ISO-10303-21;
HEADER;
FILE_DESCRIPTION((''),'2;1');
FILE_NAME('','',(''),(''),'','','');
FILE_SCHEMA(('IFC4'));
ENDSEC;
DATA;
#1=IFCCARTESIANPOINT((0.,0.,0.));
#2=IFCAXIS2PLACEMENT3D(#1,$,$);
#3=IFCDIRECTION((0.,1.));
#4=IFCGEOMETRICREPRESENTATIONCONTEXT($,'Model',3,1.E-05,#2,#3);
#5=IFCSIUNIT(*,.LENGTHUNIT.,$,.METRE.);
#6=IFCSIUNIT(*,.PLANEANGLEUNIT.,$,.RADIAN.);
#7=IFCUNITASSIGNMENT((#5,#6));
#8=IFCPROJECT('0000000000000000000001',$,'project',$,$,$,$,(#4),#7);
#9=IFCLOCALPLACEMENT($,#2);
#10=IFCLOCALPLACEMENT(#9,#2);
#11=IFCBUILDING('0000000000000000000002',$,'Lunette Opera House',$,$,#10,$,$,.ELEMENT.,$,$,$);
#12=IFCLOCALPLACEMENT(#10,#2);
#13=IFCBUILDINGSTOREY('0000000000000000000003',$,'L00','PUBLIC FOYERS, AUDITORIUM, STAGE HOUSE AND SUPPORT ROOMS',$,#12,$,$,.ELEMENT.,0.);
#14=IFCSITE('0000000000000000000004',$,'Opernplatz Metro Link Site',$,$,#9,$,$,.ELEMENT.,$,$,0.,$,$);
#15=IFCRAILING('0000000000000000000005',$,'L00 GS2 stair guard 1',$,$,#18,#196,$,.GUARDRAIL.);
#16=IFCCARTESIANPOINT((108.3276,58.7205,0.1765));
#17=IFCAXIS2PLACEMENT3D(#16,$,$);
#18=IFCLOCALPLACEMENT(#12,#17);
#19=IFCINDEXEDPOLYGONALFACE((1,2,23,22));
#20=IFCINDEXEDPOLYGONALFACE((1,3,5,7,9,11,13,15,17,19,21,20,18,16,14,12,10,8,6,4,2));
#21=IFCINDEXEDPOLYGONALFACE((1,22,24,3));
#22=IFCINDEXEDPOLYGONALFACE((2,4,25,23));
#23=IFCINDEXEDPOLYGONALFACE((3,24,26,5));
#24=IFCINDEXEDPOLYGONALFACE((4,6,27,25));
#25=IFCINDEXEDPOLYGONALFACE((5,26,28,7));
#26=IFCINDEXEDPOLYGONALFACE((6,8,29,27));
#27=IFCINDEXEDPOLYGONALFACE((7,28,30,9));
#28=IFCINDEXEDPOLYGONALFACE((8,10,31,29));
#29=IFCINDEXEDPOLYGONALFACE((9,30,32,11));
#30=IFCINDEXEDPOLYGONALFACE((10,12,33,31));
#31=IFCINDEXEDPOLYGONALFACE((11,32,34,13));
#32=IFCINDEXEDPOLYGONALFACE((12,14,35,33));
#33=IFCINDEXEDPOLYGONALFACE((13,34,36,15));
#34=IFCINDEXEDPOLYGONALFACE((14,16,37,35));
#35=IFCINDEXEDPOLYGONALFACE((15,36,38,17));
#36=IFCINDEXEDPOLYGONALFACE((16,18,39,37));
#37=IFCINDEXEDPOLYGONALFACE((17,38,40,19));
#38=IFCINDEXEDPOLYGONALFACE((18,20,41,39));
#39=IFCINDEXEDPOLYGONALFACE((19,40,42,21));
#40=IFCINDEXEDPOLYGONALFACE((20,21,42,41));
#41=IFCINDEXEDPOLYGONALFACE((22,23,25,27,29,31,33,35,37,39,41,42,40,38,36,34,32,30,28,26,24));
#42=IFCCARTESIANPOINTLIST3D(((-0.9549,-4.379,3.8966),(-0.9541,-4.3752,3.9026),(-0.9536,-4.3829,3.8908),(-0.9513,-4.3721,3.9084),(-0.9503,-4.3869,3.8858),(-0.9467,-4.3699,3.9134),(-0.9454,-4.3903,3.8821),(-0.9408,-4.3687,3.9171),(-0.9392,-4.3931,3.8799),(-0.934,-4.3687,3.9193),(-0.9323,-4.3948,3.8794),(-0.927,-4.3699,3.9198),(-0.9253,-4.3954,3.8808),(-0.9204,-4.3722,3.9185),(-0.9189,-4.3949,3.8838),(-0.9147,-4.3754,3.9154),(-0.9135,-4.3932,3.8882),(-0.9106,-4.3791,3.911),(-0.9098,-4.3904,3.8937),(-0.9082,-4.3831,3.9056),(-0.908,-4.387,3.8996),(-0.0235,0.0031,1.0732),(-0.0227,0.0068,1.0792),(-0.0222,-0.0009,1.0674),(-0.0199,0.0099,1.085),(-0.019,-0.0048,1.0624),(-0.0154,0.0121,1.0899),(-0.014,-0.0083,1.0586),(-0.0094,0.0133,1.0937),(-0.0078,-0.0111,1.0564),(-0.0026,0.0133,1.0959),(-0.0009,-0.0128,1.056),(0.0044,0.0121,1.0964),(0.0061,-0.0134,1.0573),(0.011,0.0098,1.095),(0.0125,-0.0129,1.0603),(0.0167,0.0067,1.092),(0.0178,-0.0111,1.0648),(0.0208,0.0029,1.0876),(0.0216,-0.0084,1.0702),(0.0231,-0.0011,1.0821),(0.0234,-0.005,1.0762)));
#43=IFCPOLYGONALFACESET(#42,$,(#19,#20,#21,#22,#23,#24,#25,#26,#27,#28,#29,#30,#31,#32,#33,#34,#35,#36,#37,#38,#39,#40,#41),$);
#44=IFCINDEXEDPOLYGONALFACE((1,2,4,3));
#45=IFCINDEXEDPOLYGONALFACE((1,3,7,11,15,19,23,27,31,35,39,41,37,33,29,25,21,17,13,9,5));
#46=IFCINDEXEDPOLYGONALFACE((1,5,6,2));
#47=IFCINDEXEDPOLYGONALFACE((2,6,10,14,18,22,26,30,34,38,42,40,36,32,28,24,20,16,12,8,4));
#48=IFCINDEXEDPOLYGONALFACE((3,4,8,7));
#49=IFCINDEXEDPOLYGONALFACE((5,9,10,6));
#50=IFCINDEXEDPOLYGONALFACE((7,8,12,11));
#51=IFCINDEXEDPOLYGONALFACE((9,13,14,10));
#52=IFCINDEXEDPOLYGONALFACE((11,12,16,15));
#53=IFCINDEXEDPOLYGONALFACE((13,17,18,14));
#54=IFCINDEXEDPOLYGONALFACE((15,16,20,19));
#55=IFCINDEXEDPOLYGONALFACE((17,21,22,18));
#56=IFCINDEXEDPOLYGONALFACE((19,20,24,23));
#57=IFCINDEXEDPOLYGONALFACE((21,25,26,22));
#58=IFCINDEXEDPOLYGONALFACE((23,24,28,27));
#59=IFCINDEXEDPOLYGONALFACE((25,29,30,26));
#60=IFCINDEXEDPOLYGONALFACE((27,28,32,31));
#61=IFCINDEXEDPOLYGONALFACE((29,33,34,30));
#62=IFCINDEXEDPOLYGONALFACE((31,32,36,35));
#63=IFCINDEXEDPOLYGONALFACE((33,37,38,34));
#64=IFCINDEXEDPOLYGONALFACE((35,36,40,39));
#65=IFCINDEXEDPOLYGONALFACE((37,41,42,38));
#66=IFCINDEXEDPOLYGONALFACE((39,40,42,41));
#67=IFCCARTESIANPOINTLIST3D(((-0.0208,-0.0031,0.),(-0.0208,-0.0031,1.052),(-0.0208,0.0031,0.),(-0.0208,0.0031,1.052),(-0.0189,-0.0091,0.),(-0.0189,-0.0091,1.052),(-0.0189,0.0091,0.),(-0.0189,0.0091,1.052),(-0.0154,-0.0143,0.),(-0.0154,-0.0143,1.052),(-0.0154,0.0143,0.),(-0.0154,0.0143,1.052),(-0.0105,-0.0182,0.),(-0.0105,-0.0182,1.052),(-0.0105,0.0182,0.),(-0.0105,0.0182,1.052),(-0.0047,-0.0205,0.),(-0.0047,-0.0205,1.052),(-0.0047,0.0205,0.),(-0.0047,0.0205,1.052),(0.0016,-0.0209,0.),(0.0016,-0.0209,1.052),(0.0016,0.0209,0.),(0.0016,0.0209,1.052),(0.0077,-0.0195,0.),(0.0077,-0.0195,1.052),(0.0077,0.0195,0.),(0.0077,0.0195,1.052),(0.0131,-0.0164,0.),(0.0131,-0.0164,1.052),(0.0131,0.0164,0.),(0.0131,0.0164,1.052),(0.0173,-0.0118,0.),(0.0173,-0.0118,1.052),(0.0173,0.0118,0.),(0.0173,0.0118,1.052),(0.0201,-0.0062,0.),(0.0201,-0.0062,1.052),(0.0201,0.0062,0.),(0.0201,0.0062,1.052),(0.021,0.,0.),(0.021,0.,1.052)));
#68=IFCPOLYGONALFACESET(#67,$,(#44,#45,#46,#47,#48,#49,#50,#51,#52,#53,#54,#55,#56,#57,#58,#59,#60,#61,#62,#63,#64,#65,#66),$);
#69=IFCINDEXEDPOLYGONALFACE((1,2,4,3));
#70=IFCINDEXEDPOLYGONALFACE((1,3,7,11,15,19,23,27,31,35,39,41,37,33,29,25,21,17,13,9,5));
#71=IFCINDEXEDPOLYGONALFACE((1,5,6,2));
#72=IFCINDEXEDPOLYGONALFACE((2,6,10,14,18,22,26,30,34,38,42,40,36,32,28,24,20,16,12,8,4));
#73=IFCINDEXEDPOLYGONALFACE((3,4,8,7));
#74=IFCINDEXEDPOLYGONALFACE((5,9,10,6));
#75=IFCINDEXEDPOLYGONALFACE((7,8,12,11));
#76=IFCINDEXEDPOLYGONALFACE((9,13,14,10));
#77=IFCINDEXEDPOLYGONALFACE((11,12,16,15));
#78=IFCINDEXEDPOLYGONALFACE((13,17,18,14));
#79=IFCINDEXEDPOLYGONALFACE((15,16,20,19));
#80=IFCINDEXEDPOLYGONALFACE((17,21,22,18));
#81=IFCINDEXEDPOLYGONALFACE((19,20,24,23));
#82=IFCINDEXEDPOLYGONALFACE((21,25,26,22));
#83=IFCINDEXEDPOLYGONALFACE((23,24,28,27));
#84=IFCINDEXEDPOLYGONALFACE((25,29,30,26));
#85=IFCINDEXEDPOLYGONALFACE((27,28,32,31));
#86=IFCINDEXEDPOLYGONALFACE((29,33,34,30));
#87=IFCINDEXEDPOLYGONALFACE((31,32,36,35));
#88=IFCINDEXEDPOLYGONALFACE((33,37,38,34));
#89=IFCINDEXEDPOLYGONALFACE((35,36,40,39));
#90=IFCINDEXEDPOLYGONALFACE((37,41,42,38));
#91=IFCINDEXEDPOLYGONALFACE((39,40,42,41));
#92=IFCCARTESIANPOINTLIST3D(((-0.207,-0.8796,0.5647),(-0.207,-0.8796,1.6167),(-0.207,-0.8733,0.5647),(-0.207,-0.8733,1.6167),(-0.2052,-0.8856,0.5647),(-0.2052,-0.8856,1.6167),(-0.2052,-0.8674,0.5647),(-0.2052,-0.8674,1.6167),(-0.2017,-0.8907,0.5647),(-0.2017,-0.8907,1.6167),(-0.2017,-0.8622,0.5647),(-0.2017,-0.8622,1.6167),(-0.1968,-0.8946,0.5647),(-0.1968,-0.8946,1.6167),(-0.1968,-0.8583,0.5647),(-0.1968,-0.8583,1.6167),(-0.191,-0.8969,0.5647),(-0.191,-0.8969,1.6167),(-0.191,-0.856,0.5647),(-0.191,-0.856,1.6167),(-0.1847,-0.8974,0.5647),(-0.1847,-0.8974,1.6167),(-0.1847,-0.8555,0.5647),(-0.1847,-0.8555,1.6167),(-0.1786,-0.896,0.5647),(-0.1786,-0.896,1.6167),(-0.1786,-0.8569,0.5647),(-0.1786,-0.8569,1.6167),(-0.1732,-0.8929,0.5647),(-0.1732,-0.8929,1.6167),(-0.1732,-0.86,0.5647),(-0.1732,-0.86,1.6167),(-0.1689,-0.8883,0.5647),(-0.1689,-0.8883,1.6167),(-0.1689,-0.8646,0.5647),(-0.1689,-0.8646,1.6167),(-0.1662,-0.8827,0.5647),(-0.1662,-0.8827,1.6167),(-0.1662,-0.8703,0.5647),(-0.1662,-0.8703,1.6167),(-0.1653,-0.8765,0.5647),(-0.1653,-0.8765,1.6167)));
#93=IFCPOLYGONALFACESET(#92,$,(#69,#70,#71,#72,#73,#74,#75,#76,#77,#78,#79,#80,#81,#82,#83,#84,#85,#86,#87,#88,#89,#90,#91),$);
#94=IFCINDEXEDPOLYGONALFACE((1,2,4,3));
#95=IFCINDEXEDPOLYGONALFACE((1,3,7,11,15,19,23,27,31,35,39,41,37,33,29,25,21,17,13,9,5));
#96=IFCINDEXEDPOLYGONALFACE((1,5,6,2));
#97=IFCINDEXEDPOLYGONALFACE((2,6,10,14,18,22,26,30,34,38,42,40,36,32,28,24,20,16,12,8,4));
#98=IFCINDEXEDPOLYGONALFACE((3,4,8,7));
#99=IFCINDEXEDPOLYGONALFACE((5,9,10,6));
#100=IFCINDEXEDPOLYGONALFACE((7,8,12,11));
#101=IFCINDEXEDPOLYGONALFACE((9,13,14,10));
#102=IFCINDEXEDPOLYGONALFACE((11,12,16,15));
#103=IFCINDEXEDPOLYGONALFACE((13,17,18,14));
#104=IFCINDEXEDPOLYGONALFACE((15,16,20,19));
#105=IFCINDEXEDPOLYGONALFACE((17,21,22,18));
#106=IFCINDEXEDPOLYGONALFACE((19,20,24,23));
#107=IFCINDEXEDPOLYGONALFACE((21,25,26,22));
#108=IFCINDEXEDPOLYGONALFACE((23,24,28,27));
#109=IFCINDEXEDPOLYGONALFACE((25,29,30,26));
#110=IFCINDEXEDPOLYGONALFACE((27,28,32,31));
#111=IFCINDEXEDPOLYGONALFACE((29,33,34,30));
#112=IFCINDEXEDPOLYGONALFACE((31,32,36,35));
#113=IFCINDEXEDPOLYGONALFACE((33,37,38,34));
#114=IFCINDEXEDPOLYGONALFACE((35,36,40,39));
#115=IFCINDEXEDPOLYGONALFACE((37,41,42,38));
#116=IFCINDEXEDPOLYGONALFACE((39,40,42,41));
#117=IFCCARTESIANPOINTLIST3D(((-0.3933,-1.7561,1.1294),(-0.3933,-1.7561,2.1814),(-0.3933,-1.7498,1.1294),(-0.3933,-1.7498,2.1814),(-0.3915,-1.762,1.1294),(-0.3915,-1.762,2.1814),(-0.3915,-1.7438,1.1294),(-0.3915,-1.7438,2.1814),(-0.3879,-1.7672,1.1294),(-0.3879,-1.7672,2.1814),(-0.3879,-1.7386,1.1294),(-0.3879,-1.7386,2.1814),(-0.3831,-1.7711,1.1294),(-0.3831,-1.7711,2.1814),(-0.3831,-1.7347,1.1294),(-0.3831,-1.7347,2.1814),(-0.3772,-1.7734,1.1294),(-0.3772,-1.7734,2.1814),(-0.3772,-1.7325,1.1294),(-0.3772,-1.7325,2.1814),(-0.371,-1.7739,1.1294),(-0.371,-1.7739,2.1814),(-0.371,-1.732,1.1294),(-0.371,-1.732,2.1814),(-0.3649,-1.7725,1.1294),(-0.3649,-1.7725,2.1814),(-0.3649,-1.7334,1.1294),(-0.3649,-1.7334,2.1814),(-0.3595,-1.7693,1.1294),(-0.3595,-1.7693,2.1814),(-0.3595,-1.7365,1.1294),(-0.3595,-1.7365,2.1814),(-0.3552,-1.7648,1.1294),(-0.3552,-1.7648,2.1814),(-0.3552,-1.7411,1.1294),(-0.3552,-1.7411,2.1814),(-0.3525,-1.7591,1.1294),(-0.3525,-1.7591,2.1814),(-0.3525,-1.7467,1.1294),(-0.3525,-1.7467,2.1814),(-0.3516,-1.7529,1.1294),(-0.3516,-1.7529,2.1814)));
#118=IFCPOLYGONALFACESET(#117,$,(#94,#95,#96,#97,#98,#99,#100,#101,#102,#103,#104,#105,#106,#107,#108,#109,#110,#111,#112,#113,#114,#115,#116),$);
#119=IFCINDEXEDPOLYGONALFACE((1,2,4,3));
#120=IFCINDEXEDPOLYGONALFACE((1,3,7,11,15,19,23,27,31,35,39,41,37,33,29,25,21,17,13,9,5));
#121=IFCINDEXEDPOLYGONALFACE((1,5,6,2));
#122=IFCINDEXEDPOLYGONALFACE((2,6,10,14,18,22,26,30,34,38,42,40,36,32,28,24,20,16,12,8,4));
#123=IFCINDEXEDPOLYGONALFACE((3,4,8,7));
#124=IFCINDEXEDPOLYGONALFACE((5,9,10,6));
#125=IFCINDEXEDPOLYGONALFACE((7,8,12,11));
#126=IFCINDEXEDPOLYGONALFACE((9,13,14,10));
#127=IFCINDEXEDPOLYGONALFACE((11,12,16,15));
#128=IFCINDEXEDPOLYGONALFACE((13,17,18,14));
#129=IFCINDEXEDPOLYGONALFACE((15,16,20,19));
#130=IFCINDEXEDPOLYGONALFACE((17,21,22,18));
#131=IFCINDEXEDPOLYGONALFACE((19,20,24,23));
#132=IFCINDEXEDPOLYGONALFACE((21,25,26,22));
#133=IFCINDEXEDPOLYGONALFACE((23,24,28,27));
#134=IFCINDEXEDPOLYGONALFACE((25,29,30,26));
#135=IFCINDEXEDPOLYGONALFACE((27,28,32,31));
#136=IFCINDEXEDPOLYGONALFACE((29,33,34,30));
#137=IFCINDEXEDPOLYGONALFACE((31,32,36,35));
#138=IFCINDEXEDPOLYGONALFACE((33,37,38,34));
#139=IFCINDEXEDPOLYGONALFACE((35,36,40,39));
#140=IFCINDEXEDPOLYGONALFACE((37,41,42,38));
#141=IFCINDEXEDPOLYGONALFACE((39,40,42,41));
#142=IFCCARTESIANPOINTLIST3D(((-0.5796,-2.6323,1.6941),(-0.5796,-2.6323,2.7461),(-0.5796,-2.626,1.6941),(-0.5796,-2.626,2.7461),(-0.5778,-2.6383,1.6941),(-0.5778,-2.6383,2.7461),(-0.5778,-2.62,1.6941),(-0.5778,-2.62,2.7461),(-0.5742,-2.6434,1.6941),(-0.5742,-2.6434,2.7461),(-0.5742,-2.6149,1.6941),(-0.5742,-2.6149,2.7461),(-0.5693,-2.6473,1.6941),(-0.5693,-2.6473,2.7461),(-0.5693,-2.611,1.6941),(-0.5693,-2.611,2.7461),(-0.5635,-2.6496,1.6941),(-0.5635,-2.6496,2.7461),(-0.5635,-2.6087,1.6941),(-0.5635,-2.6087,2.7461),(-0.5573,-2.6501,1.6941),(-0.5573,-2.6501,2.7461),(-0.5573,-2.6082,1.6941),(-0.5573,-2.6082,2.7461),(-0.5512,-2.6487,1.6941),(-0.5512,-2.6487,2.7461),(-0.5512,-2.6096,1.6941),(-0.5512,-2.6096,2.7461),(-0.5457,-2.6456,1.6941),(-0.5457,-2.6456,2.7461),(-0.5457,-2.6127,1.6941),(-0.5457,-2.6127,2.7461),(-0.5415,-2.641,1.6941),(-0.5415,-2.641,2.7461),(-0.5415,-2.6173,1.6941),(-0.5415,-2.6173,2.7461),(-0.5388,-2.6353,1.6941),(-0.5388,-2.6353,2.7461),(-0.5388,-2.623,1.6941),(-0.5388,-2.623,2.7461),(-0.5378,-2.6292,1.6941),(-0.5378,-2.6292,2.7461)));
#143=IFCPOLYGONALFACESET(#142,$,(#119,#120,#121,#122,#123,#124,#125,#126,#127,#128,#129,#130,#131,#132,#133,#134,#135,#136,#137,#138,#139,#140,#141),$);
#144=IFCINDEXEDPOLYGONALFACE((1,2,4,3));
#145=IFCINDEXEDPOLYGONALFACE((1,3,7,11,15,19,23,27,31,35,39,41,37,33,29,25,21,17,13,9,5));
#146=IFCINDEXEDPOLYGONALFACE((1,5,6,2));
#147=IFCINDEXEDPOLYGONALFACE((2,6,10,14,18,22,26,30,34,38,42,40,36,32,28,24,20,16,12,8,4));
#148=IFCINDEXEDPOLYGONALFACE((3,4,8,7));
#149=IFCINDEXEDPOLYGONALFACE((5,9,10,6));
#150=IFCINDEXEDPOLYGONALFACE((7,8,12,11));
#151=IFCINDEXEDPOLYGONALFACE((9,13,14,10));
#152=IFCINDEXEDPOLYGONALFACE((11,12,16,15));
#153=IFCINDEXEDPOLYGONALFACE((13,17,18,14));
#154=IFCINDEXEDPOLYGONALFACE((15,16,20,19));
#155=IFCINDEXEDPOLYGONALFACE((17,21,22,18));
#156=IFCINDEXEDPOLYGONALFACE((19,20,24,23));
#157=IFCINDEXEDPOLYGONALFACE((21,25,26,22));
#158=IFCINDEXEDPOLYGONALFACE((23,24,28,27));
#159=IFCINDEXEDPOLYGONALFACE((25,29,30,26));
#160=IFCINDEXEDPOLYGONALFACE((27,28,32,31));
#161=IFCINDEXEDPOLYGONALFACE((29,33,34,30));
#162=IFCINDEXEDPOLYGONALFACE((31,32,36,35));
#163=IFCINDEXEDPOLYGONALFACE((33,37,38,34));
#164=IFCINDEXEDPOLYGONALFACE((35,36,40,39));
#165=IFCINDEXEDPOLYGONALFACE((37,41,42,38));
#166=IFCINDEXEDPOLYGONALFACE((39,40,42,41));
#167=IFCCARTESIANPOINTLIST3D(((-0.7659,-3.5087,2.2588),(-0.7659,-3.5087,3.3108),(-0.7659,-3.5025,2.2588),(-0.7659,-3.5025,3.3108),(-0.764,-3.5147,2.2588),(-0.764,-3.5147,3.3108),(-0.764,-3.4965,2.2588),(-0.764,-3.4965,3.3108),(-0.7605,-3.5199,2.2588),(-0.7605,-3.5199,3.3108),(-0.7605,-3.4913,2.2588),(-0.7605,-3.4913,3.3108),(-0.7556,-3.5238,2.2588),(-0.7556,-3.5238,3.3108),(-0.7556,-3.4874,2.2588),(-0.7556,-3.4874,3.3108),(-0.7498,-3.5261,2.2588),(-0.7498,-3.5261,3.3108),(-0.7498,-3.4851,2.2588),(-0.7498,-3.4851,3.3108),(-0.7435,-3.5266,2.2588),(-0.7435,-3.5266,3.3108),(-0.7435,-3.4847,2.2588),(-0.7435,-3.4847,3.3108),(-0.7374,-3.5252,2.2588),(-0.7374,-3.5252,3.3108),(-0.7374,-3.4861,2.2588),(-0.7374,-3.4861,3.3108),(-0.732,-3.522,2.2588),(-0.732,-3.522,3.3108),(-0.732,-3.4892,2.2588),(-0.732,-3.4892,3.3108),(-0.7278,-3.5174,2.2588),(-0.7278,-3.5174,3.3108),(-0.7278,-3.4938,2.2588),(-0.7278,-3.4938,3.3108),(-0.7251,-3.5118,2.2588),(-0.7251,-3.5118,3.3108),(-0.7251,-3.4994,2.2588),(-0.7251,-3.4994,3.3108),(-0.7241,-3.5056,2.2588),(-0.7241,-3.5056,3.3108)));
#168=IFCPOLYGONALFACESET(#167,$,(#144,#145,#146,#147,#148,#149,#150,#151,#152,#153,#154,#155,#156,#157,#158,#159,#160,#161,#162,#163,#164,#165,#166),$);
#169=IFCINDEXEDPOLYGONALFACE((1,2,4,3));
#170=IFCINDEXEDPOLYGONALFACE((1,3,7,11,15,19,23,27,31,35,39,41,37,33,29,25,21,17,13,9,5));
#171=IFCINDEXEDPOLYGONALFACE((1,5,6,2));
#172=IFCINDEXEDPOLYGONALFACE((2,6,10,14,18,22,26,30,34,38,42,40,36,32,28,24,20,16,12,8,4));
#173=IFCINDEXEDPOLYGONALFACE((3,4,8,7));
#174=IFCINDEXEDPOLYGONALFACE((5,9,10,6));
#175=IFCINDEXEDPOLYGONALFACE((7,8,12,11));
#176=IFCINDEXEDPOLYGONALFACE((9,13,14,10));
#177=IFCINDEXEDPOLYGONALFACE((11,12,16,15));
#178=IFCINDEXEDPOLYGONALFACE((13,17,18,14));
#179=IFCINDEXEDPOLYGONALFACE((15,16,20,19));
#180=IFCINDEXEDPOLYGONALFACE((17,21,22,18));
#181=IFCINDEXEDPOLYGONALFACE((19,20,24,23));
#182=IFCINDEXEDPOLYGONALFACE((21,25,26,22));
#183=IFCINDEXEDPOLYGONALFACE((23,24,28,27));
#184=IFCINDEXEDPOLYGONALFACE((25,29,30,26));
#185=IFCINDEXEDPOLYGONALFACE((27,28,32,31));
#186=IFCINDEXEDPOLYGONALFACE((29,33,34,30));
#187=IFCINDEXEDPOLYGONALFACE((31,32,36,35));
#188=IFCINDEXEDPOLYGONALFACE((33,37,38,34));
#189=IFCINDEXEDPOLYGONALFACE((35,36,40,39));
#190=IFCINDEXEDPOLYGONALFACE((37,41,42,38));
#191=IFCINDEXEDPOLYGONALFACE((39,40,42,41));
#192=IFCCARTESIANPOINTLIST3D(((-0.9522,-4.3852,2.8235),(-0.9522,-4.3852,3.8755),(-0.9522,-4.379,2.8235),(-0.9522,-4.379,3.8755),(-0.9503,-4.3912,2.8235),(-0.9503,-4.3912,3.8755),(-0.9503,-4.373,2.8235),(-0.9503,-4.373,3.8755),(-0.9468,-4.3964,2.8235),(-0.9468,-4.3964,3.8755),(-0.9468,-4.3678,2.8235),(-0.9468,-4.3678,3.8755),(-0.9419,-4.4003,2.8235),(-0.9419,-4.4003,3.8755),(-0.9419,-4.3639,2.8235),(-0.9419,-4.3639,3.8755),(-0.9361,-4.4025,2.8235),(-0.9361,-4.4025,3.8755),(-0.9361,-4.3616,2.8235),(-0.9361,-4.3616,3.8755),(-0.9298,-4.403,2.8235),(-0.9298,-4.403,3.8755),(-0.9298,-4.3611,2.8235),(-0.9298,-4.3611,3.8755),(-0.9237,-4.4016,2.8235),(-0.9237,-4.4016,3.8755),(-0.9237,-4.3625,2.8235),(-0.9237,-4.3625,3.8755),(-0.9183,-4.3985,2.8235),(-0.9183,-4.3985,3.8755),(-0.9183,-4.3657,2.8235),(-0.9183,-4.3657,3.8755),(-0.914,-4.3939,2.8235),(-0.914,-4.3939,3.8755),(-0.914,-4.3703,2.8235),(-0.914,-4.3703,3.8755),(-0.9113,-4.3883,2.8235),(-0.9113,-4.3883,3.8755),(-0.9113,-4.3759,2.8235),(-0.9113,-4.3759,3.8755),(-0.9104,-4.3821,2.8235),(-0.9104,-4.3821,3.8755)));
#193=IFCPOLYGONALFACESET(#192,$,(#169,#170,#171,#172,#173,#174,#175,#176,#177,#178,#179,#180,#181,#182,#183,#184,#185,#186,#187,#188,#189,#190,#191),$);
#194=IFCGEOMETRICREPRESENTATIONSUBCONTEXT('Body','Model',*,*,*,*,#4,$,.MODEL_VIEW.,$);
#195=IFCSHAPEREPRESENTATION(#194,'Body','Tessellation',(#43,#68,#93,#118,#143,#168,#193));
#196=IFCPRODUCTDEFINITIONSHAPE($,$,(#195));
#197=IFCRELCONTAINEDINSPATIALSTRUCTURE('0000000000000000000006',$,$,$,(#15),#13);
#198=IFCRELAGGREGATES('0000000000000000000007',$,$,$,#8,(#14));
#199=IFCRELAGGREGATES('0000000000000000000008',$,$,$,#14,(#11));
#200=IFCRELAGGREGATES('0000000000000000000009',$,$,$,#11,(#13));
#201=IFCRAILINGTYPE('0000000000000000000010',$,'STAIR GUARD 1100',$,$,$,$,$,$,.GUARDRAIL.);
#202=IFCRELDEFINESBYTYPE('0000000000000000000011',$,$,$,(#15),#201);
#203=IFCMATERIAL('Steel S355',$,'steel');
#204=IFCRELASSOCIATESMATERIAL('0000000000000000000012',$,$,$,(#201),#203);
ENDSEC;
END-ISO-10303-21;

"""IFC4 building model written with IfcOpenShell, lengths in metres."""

from ifc_helpers import new_model, si_unit, direction, frame, origin, origin_2d, place, context, subcontext, project, spatial, circle, extrude, material, type_object, element, save


model = new_model("IFC4")

# Units and contexts
model_context = context("Model", 3, precision=1e-05, world=origin(), true_north=direction((0.0, 1.0)))
body_context = subcontext(model_context, "Body", "Model", "MODEL_VIEW")
ifc_project = project(units=[si_unit("LENGTHUNIT", "METRE"), si_unit("PLANEANGLEUNIT", "RADIAN")], contexts=[model_context])

# Site, building, storey
site_placement = place(None, origin())
site = spatial("IfcSite", under=ifc_project, at=site_placement, Name="Opernplatz Metro Link Site", CompositionType="ELEMENT", RefElevation=0.0)
building_placement = place(site_placement, origin())
building = spatial("IfcBuilding", under=site, at=building_placement, Name="Lunette Opera House", CompositionType="ELEMENT")
storey_placement = place(building_placement, origin())
storey = spatial("IfcBuildingStorey", under=building, at=storey_placement, Name="L00", Description="PUBLIC FOYERS, AUDITORIUM, STAGE HOUSE AND SUPPORT ROOMS", CompositionType="ELEMENT", Elevation=0.0)

# Railing
ifc_material_1 = material(Name="Steel S355", Category="steel")
railing_type_1 = type_object("IfcRailingType", Name="STAIR GUARD 1100", PredefinedType="GUARDRAIL", material=ifc_material_1)
railing_1_placement = place(storey_placement, frame((108.3276, 58.7205, 0.1765)))
element("IfcRailing", 1, at=railing_1_placement, inside=storey, type_object=railing_type_1, Name="L00 GS2 stair guard 1", PredefinedType="GUARDRAIL", context=body_context, shape_type="SweptSolid", body=[
    extrude(circle(Radius=0.0239, at=origin_2d()), frame((0.0, 0.0, 1.0762), z_axis=(-0.175885, -0.827512, 0.533187), x_axis=(0.97815, -0.207902, 0.0)), (0.0, 0.0, 1.0), 5.2954),
    extrude(circle(Radius=0.021, at=origin_2d()), origin(), (0.0, 0.0, 1.0), 1.052),
    extrude(circle(Radius=0.021, at=origin_2d()), frame((-0.1863, -0.8765, 0.5647)), (0.0, 0.0, 1.0), 1.052),
    extrude(circle(Radius=0.021, at=origin_2d()), frame((-0.3726, -1.7529, 1.1294)), (0.0, 0.0, 1.0), 1.052),
    extrude(circle(Radius=0.021, at=origin_2d()), frame((-0.5588, -2.6292, 1.6941)), (0.0, 0.0, 1.0), 1.052),
    extrude(circle(Radius=0.021, at=origin_2d()), frame((-0.7451, -3.5056, 2.2588)), (0.0, 0.0, 1.0), 1.052),
    extrude(circle(Radius=0.021, at=origin_2d()), frame((-0.9314, -4.3821, 2.8235)), (0.0, 0.0, 1.0), 1.052),
])

save(model, "model.ifc")
